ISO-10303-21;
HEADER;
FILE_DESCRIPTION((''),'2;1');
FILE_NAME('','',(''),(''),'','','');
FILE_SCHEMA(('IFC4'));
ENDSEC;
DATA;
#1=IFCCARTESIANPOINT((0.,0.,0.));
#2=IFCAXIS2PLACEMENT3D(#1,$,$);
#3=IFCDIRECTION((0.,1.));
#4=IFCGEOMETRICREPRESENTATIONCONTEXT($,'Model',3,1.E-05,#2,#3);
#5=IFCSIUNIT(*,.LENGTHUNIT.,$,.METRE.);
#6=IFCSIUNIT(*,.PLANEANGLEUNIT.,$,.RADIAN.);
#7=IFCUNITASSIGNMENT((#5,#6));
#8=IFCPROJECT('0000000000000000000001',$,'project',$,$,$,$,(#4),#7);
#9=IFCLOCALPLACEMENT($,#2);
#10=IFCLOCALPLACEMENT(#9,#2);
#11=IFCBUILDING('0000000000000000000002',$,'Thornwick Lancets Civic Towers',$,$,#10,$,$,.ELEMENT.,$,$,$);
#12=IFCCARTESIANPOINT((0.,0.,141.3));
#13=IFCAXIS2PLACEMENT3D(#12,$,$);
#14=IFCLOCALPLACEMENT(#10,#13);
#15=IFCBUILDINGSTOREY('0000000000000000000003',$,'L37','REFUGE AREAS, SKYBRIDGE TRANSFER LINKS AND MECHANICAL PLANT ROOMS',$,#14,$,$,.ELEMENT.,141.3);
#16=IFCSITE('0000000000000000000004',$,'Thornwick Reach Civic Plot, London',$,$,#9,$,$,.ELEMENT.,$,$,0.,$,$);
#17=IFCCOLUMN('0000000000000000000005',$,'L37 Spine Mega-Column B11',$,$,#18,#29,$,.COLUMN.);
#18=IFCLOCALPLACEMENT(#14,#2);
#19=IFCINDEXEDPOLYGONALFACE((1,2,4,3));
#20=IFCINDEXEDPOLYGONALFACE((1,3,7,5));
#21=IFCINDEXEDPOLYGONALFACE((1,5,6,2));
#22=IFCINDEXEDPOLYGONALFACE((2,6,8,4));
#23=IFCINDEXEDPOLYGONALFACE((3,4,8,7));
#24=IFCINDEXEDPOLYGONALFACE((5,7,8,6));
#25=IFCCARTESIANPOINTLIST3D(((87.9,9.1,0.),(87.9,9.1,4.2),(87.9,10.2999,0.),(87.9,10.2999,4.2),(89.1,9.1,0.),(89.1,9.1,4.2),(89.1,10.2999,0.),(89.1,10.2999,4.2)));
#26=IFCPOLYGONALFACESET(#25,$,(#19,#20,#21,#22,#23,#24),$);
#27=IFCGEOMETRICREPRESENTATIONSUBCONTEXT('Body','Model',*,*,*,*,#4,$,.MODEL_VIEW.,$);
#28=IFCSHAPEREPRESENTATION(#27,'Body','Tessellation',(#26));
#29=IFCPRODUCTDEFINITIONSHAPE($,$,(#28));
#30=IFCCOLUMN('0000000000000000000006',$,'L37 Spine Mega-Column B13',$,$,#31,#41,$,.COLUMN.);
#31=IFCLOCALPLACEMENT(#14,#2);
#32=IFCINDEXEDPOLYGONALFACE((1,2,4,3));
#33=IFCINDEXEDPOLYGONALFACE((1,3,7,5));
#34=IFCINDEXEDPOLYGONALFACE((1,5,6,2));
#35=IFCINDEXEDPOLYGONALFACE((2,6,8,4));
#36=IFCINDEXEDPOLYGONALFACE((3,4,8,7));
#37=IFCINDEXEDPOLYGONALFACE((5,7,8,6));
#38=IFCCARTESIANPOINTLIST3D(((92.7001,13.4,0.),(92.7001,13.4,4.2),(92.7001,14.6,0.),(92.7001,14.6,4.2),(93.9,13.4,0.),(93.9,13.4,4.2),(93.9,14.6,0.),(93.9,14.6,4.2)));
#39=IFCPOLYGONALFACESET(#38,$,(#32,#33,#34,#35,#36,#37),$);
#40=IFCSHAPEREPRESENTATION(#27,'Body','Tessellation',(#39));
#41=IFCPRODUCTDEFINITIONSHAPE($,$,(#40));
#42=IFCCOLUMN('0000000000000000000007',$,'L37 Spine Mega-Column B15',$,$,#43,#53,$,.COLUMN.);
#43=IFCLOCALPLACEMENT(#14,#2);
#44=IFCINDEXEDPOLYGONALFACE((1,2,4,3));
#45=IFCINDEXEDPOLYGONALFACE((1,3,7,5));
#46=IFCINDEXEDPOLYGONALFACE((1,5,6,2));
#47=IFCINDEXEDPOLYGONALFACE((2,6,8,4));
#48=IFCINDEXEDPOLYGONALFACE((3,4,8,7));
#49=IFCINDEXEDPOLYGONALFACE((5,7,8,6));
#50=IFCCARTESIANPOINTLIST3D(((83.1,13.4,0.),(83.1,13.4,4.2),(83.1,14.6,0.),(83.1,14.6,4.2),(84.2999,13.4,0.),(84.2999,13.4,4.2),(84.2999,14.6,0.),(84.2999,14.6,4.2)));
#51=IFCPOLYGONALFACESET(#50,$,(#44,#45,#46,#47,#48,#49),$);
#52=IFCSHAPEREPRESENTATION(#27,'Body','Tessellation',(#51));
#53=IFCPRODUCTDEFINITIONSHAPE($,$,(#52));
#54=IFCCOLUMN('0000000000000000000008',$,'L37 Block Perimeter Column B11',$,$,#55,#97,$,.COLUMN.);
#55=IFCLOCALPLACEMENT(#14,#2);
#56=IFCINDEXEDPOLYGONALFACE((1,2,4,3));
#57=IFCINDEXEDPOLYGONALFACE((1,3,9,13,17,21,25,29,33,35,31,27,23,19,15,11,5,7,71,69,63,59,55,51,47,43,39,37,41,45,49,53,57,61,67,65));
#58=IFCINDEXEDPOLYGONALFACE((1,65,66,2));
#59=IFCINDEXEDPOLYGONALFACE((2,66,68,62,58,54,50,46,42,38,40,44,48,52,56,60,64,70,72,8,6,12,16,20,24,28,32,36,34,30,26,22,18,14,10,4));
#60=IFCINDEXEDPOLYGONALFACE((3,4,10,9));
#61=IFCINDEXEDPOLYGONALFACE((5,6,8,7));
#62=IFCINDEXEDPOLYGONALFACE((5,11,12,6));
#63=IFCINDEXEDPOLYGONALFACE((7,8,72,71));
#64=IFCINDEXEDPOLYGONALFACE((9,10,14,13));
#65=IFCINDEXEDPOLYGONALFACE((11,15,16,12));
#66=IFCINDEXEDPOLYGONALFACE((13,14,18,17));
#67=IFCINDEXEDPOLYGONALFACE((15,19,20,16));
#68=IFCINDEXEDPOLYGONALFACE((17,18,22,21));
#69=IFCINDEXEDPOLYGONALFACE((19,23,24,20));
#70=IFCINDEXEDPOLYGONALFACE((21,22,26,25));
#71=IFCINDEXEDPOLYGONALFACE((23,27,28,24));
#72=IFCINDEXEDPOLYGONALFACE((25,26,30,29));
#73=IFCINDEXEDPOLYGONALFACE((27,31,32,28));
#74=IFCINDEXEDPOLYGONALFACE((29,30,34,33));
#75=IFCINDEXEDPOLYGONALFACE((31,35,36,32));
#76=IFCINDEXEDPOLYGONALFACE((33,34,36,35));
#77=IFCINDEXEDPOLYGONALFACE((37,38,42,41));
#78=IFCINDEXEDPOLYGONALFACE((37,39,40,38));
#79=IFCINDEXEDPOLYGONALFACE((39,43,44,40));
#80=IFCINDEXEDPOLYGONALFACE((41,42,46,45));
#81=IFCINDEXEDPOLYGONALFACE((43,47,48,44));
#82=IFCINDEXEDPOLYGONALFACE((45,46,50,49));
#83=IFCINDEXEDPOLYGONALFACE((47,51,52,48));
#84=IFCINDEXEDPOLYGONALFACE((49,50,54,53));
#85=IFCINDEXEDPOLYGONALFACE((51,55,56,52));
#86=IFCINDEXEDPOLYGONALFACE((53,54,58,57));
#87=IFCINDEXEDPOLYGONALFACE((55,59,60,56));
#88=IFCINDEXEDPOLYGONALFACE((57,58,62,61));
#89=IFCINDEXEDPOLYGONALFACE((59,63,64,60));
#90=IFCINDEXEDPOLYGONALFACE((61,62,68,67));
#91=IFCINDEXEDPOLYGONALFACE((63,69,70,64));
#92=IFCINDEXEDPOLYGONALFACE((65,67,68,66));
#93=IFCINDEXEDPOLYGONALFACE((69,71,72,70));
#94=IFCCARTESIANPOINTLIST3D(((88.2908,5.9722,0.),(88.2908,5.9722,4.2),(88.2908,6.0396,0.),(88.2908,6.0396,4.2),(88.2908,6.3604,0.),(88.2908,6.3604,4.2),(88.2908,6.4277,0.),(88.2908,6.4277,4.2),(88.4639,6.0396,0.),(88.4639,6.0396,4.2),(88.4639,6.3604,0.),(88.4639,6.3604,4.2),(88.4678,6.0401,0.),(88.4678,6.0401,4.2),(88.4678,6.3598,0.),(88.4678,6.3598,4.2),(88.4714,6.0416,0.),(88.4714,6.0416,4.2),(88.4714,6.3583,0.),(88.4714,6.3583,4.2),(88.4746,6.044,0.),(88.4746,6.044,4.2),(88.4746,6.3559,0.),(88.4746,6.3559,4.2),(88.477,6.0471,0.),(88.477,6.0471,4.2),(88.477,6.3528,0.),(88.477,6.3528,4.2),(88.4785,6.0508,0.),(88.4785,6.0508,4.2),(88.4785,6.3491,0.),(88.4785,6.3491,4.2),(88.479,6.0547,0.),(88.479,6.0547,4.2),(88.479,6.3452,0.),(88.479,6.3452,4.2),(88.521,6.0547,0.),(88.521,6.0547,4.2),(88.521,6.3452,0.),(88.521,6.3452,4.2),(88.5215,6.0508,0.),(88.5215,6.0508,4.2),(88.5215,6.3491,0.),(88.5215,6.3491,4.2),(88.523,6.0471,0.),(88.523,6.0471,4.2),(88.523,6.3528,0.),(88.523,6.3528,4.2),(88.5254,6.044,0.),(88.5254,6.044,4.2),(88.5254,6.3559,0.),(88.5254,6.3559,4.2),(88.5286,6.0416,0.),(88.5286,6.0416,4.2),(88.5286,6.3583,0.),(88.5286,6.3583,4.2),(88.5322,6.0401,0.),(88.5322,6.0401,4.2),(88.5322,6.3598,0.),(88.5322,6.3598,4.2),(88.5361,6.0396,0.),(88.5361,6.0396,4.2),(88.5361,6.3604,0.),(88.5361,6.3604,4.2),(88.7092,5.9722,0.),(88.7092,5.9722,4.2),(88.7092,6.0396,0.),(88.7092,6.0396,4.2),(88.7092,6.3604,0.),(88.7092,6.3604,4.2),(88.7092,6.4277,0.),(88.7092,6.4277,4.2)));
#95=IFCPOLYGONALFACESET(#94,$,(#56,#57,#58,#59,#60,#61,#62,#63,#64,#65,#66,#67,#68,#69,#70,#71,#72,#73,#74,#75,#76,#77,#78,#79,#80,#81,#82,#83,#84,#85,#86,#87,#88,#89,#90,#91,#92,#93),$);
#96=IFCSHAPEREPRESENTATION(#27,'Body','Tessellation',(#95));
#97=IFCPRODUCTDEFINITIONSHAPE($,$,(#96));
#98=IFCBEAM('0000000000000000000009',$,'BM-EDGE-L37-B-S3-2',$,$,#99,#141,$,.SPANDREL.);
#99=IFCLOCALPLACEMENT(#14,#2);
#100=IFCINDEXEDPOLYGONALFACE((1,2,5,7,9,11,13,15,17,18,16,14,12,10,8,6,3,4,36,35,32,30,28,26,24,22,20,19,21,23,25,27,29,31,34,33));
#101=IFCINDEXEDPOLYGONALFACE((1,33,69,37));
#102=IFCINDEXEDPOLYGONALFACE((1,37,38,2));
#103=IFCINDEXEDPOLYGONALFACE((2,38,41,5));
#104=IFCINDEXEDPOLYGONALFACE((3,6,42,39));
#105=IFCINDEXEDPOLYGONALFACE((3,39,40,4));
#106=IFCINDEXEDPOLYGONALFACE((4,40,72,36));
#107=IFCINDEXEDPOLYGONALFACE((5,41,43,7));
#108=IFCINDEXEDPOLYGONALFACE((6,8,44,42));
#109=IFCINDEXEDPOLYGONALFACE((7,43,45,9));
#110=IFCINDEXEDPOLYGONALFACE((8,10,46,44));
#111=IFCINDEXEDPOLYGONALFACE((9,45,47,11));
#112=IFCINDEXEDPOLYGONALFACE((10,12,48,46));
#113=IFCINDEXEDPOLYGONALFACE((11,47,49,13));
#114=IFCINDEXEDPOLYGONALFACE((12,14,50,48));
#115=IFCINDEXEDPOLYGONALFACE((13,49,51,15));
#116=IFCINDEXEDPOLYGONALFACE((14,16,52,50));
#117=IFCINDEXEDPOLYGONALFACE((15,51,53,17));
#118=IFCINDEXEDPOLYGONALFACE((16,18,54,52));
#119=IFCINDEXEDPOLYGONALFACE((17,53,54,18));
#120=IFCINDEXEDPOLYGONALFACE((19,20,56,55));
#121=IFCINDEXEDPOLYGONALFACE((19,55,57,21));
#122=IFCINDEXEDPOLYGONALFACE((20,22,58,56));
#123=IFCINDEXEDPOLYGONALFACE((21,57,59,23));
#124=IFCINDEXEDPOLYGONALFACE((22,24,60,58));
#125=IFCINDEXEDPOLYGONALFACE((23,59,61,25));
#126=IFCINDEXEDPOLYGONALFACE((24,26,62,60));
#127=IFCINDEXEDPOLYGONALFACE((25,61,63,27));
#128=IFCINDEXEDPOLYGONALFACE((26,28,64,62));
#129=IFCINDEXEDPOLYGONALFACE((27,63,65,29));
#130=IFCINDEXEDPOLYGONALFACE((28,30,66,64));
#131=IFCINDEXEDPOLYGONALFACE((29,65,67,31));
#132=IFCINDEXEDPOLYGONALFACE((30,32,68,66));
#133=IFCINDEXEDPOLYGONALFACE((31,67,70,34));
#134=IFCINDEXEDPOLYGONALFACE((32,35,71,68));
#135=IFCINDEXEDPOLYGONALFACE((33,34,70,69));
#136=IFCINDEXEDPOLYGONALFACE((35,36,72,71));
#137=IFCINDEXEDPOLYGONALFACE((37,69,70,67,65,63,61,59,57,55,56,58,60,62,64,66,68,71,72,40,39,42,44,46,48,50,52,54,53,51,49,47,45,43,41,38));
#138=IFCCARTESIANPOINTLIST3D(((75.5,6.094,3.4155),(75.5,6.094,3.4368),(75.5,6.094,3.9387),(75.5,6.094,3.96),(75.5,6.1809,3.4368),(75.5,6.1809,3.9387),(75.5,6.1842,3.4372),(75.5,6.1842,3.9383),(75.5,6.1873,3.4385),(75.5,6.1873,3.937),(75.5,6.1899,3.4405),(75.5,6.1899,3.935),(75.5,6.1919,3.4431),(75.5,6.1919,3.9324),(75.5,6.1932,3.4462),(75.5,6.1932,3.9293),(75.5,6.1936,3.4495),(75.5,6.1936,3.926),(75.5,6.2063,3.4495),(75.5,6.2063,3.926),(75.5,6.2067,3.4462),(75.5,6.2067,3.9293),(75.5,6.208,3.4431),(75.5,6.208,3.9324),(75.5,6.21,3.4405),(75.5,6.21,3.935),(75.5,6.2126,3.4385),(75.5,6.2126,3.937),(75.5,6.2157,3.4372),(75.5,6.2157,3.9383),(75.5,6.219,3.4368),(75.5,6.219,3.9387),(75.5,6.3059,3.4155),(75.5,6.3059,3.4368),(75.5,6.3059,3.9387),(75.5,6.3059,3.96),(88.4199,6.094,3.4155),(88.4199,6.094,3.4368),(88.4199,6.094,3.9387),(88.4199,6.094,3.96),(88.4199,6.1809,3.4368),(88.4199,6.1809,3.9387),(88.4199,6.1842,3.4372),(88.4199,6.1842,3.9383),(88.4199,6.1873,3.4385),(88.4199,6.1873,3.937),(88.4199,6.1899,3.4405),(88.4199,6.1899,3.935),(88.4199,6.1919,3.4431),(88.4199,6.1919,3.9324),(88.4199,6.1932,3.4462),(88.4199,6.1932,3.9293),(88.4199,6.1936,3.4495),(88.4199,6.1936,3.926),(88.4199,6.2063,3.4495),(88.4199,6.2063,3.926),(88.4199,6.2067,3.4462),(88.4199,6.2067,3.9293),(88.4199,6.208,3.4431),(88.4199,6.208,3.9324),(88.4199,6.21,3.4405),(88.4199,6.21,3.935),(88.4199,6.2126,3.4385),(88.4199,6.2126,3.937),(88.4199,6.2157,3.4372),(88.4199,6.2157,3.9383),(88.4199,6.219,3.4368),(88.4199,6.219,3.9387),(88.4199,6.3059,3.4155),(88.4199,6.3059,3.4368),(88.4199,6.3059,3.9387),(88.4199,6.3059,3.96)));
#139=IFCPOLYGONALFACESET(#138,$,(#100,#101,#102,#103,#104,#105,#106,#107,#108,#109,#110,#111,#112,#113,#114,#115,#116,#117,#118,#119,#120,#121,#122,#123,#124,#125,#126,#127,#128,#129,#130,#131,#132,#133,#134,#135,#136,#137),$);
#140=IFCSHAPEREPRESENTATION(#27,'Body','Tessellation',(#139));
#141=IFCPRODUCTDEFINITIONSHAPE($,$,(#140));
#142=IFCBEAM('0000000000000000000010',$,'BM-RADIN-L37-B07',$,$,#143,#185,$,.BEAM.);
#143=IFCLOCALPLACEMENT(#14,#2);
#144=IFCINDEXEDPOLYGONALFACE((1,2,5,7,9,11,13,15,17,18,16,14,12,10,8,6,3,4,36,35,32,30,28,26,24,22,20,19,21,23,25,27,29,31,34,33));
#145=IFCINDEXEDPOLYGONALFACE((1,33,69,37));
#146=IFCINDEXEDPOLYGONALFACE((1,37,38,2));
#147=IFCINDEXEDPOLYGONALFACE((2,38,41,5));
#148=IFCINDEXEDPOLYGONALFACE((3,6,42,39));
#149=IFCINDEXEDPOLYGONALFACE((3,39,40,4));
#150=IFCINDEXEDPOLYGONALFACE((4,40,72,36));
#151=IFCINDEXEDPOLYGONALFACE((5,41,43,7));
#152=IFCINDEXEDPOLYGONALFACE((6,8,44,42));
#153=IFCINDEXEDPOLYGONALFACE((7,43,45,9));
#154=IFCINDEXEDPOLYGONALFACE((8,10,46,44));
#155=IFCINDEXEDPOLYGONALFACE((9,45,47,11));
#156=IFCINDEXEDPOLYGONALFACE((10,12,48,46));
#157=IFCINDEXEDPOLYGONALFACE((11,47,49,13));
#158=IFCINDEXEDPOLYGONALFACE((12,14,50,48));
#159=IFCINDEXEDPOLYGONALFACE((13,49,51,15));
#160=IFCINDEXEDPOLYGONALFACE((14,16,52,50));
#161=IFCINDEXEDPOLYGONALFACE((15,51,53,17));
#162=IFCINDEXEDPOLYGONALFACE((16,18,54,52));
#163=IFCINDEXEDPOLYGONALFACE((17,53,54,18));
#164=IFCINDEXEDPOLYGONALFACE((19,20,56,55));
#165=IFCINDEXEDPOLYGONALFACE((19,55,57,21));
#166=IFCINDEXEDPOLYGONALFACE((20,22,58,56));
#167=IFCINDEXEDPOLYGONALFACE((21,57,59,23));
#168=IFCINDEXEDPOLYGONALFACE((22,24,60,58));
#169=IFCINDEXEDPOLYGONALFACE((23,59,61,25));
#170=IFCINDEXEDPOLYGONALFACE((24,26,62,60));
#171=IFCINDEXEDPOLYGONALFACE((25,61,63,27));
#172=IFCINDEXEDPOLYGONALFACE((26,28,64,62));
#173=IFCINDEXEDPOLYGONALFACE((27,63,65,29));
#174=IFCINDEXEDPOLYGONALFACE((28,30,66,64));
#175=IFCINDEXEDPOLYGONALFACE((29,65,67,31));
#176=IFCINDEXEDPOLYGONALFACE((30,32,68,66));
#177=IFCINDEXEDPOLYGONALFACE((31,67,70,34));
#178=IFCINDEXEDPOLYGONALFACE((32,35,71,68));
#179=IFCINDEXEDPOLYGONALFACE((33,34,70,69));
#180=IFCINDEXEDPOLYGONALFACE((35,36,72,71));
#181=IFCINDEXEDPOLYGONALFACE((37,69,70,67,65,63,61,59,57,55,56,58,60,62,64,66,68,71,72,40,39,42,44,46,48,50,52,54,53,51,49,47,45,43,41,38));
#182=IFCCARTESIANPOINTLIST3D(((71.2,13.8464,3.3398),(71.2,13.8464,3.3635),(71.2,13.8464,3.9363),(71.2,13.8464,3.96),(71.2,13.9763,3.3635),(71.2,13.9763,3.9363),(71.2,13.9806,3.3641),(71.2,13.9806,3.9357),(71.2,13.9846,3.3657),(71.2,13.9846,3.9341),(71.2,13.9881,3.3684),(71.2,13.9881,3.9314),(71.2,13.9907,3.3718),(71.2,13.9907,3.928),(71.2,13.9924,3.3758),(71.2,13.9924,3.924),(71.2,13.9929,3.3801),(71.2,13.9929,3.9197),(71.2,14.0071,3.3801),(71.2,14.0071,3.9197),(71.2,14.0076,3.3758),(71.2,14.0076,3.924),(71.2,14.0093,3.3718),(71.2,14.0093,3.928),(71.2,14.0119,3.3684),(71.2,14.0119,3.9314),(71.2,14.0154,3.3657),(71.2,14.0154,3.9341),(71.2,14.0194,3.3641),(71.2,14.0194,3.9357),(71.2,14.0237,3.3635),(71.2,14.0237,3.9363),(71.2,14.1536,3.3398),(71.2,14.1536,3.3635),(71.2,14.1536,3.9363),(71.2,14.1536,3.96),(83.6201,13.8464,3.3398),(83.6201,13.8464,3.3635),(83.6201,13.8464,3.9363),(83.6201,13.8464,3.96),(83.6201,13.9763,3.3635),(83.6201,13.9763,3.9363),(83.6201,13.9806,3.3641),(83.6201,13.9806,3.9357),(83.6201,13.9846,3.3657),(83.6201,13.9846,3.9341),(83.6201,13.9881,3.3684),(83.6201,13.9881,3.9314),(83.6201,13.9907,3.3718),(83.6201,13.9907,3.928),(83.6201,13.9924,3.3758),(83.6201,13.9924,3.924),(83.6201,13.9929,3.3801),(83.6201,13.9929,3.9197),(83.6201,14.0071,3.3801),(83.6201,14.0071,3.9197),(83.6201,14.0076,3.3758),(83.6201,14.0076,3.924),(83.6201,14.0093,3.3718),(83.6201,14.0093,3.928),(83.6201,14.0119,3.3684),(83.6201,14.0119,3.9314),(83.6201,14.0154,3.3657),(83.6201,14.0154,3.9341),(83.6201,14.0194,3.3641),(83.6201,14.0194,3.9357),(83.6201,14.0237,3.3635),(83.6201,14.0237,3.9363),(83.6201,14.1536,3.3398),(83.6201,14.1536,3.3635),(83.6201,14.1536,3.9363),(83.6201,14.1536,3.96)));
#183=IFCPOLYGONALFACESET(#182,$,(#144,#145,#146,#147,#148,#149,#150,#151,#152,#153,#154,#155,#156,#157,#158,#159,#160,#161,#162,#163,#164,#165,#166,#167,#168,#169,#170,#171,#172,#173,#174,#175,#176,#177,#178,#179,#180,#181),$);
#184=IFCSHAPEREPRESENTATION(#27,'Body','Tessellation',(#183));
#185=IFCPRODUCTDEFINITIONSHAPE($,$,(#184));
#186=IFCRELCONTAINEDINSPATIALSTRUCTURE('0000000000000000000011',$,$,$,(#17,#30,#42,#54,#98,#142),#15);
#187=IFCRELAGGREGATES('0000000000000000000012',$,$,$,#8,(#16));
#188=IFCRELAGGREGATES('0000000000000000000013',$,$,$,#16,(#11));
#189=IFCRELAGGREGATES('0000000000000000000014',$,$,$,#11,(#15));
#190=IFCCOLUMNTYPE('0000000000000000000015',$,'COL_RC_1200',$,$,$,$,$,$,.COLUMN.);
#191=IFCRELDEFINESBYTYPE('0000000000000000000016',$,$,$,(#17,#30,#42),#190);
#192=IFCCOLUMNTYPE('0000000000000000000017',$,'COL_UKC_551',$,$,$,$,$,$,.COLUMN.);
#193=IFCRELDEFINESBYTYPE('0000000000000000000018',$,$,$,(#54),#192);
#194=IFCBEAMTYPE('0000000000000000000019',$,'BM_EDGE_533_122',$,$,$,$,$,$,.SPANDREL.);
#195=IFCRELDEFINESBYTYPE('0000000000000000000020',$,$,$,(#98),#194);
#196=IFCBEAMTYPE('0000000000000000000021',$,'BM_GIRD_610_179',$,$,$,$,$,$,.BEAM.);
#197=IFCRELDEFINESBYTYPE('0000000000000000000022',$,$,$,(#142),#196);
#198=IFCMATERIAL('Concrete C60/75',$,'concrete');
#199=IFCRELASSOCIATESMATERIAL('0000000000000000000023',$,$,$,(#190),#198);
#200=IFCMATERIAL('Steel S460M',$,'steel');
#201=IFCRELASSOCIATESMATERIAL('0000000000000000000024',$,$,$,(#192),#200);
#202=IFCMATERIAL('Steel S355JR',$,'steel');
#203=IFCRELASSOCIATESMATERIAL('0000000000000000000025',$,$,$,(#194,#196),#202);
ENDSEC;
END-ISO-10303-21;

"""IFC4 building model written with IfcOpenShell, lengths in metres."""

from ifc_helpers import new_model, si_unit, direction, frame, origin, origin_2d, place, context, subcontext, project, spatial, rectangle, i_section, extrude, material, material_profile, profile_set, type_object, element, save


model = new_model("IFC4")

# Units and contexts
model_context = context("Model", 3, precision=1e-05, world=origin(), true_north=direction((0.0, 1.0)))
body_context = subcontext(model_context, "Body", "Model", "MODEL_VIEW")
ifc_project = project(units=[si_unit("LENGTHUNIT", "METRE"), si_unit("PLANEANGLEUNIT", "RADIAN")], contexts=[model_context])

# Site, building, storey
site_placement = place(None, origin())
site = spatial("IfcSite", under=ifc_project, at=site_placement, Name="Thornwick Reach Civic Plot, London", CompositionType="ELEMENT", RefElevation=0.0)
building_placement = place(site_placement, origin())
building = spatial("IfcBuilding", under=site, at=building_placement, Name="Thornwick Lancets Civic Towers", CompositionType="ELEMENT")
storey_placement = place(building_placement, frame((0.0, 0.0, 141.3)))
storey = spatial("IfcBuildingStorey", under=building, at=storey_placement, Name="L37", Description="REFUGE AREAS, SKYBRIDGE TRANSFER LINKS AND MECHANICAL PLANT ROOMS", CompositionType="ELEMENT", Elevation=141.3)

# Columns
ifc_material_1 = material(Name="Concrete C60/75", Category="concrete")
ifc_material_profile_1 = material_profile(ifc_material_1, rectangle(XDim=1.2, YDim=1.2, at=origin_2d()), Name="RC 1200x1200")
ifc_profile_set_1 = profile_set([ifc_material_profile_1], Name="Concrete C60/75")
column_type_1 = type_object("IfcColumnType", Name="COL_RC_1200", PredefinedType="COLUMN", material=ifc_profile_set_1)
for number, where, z_axis, x_axis, name in (
    (1, (88.5, 9.7, 0.0), (0.0, 0.0, 1.0), (1.0, 0.0, 0.0), "L37 Spine Mega-Column B11"),
    (2, (93.3, 14.0, 0.0), (0.0, 0.0, 1.0), (1.0, 0.0, 0.0), "L37 Spine Mega-Column B13"),
    (3, (83.7, 14.0, 0.0), (0.0, 0.0, 1.0), (1.0, 0.0, 0.0), "L37 Spine Mega-Column B15"),
):
    element("IfcColumn", number, at=place(storey_placement, frame(where, z_axis=z_axis, x_axis=x_axis)), inside=storey, type_object=column_type_1, Name=name, PredefinedType="COLUMN", context=body_context, shape_type="SweptSolid", body=[
        extrude(rectangle(XDim=1.2, YDim=1.2, at=origin_2d()), origin(), (0.0, 0.0, 1.0), 4.2),
    ])
ifc_material_2 = material(Name="Steel S460M", Category="steel")
ifc_material_profile_2 = material_profile(ifc_material_2, i_section(OverallWidth=0.4185, OverallDepth=0.4556, WebThickness=0.042, FlangeThickness=0.0674, FilletRadius=0.0151, at=origin_2d()), Name="UKC 356x406x551")
ifc_profile_set_2 = profile_set([ifc_material_profile_2], Name="Steel S460M")
column_type_2 = type_object("IfcColumnType", Name="COL_UKC_551", PredefinedType="COLUMN", material=ifc_profile_set_2)
column_placement = place(storey_placement, frame((88.5, 6.2, 0.0), z_axis=(0.0, 0.0, 1.0), x_axis=(1.0, 0.0, 0.0)))
element("IfcColumn", 4, at=column_placement, inside=storey, type_object=column_type_2, Name="L37 Block Perimeter Column B11", PredefinedType="COLUMN", context=body_context, shape_type="SweptSolid", body=[
    extrude(i_section(OverallWidth=0.4185, OverallDepth=0.4556, WebThickness=0.042, FlangeThickness=0.0674, FilletRadius=0.0151, at=origin_2d()), origin(), (0.0, 0.0, 1.0), 4.2),
])

# Beams
ifc_material_3 = material(Name="Steel S355JR", Category="steel")
ifc_material_profile_3 = material_profile(ifc_material_3, i_section(OverallWidth=0.2119, OverallDepth=0.5444, WebThickness=0.0127, FlangeThickness=0.0212, FilletRadius=0.0127, at=origin_2d()), Name="UKB 533x210x122")
ifc_profile_set_3 = profile_set([ifc_material_profile_3], Name="Steel S355JR")
beam_type_1 = type_object("IfcBeamType", Name="BM_EDGE_533_122", PredefinedType="SPANDREL", material=ifc_profile_set_3)
beam_1_placement = place(storey_placement, frame((88.4199, 6.2, 3.6877), z_axis=(-1.0, 0.0, 0.0), x_axis=(0.0, -1.0, 0.0)))
element("IfcBeam", 5, at=beam_1_placement, inside=storey, type_object=beam_type_1, Name="BM-EDGE-L37-B-S3-2", PredefinedType="SPANDREL", context=body_context, shape_type="SweptSolid", body=[
    extrude(i_section(OverallWidth=0.2119, OverallDepth=0.5444, WebThickness=0.0127, FlangeThickness=0.0212, FilletRadius=0.0127, at=origin_2d()), origin(), (0.0, 0.0, 1.0), 12.9199),
])
ifc_material_profile_4 = material_profile(ifc_material_3, i_section(OverallWidth=0.3071, OverallDepth=0.6201, WebThickness=0.0142, FlangeThickness=0.0237, FilletRadius=0.0166, at=origin_2d()), Name="UKB 610x305x179")
ifc_profile_set_4 = profile_set([ifc_material_profile_4], Name="Steel S355JR")
beam_type_2 = type_object("IfcBeamType", Name="BM_GIRD_610_179", PredefinedType="BEAM", material=ifc_profile_set_4)
beam_2_placement = place(storey_placement, frame((83.6201, 14.0, 3.6499), z_axis=(-1.0, 0.0, 0.0), x_axis=(0.0, -1.0, 0.0)))
element("IfcBeam", 6, at=beam_2_placement, inside=storey, type_object=beam_type_2, Name="BM-RADIN-L37-B07", PredefinedType="BEAM", context=body_context, shape_type="SweptSolid", body=[
    extrude(i_section(OverallWidth=0.3071, OverallDepth=0.6201, WebThickness=0.0142, FlangeThickness=0.0237, FilletRadius=0.0166, at=origin_2d()), origin(), (0.0, 0.0, 1.0), 12.4202),
])

save(model, "model.ifc")
